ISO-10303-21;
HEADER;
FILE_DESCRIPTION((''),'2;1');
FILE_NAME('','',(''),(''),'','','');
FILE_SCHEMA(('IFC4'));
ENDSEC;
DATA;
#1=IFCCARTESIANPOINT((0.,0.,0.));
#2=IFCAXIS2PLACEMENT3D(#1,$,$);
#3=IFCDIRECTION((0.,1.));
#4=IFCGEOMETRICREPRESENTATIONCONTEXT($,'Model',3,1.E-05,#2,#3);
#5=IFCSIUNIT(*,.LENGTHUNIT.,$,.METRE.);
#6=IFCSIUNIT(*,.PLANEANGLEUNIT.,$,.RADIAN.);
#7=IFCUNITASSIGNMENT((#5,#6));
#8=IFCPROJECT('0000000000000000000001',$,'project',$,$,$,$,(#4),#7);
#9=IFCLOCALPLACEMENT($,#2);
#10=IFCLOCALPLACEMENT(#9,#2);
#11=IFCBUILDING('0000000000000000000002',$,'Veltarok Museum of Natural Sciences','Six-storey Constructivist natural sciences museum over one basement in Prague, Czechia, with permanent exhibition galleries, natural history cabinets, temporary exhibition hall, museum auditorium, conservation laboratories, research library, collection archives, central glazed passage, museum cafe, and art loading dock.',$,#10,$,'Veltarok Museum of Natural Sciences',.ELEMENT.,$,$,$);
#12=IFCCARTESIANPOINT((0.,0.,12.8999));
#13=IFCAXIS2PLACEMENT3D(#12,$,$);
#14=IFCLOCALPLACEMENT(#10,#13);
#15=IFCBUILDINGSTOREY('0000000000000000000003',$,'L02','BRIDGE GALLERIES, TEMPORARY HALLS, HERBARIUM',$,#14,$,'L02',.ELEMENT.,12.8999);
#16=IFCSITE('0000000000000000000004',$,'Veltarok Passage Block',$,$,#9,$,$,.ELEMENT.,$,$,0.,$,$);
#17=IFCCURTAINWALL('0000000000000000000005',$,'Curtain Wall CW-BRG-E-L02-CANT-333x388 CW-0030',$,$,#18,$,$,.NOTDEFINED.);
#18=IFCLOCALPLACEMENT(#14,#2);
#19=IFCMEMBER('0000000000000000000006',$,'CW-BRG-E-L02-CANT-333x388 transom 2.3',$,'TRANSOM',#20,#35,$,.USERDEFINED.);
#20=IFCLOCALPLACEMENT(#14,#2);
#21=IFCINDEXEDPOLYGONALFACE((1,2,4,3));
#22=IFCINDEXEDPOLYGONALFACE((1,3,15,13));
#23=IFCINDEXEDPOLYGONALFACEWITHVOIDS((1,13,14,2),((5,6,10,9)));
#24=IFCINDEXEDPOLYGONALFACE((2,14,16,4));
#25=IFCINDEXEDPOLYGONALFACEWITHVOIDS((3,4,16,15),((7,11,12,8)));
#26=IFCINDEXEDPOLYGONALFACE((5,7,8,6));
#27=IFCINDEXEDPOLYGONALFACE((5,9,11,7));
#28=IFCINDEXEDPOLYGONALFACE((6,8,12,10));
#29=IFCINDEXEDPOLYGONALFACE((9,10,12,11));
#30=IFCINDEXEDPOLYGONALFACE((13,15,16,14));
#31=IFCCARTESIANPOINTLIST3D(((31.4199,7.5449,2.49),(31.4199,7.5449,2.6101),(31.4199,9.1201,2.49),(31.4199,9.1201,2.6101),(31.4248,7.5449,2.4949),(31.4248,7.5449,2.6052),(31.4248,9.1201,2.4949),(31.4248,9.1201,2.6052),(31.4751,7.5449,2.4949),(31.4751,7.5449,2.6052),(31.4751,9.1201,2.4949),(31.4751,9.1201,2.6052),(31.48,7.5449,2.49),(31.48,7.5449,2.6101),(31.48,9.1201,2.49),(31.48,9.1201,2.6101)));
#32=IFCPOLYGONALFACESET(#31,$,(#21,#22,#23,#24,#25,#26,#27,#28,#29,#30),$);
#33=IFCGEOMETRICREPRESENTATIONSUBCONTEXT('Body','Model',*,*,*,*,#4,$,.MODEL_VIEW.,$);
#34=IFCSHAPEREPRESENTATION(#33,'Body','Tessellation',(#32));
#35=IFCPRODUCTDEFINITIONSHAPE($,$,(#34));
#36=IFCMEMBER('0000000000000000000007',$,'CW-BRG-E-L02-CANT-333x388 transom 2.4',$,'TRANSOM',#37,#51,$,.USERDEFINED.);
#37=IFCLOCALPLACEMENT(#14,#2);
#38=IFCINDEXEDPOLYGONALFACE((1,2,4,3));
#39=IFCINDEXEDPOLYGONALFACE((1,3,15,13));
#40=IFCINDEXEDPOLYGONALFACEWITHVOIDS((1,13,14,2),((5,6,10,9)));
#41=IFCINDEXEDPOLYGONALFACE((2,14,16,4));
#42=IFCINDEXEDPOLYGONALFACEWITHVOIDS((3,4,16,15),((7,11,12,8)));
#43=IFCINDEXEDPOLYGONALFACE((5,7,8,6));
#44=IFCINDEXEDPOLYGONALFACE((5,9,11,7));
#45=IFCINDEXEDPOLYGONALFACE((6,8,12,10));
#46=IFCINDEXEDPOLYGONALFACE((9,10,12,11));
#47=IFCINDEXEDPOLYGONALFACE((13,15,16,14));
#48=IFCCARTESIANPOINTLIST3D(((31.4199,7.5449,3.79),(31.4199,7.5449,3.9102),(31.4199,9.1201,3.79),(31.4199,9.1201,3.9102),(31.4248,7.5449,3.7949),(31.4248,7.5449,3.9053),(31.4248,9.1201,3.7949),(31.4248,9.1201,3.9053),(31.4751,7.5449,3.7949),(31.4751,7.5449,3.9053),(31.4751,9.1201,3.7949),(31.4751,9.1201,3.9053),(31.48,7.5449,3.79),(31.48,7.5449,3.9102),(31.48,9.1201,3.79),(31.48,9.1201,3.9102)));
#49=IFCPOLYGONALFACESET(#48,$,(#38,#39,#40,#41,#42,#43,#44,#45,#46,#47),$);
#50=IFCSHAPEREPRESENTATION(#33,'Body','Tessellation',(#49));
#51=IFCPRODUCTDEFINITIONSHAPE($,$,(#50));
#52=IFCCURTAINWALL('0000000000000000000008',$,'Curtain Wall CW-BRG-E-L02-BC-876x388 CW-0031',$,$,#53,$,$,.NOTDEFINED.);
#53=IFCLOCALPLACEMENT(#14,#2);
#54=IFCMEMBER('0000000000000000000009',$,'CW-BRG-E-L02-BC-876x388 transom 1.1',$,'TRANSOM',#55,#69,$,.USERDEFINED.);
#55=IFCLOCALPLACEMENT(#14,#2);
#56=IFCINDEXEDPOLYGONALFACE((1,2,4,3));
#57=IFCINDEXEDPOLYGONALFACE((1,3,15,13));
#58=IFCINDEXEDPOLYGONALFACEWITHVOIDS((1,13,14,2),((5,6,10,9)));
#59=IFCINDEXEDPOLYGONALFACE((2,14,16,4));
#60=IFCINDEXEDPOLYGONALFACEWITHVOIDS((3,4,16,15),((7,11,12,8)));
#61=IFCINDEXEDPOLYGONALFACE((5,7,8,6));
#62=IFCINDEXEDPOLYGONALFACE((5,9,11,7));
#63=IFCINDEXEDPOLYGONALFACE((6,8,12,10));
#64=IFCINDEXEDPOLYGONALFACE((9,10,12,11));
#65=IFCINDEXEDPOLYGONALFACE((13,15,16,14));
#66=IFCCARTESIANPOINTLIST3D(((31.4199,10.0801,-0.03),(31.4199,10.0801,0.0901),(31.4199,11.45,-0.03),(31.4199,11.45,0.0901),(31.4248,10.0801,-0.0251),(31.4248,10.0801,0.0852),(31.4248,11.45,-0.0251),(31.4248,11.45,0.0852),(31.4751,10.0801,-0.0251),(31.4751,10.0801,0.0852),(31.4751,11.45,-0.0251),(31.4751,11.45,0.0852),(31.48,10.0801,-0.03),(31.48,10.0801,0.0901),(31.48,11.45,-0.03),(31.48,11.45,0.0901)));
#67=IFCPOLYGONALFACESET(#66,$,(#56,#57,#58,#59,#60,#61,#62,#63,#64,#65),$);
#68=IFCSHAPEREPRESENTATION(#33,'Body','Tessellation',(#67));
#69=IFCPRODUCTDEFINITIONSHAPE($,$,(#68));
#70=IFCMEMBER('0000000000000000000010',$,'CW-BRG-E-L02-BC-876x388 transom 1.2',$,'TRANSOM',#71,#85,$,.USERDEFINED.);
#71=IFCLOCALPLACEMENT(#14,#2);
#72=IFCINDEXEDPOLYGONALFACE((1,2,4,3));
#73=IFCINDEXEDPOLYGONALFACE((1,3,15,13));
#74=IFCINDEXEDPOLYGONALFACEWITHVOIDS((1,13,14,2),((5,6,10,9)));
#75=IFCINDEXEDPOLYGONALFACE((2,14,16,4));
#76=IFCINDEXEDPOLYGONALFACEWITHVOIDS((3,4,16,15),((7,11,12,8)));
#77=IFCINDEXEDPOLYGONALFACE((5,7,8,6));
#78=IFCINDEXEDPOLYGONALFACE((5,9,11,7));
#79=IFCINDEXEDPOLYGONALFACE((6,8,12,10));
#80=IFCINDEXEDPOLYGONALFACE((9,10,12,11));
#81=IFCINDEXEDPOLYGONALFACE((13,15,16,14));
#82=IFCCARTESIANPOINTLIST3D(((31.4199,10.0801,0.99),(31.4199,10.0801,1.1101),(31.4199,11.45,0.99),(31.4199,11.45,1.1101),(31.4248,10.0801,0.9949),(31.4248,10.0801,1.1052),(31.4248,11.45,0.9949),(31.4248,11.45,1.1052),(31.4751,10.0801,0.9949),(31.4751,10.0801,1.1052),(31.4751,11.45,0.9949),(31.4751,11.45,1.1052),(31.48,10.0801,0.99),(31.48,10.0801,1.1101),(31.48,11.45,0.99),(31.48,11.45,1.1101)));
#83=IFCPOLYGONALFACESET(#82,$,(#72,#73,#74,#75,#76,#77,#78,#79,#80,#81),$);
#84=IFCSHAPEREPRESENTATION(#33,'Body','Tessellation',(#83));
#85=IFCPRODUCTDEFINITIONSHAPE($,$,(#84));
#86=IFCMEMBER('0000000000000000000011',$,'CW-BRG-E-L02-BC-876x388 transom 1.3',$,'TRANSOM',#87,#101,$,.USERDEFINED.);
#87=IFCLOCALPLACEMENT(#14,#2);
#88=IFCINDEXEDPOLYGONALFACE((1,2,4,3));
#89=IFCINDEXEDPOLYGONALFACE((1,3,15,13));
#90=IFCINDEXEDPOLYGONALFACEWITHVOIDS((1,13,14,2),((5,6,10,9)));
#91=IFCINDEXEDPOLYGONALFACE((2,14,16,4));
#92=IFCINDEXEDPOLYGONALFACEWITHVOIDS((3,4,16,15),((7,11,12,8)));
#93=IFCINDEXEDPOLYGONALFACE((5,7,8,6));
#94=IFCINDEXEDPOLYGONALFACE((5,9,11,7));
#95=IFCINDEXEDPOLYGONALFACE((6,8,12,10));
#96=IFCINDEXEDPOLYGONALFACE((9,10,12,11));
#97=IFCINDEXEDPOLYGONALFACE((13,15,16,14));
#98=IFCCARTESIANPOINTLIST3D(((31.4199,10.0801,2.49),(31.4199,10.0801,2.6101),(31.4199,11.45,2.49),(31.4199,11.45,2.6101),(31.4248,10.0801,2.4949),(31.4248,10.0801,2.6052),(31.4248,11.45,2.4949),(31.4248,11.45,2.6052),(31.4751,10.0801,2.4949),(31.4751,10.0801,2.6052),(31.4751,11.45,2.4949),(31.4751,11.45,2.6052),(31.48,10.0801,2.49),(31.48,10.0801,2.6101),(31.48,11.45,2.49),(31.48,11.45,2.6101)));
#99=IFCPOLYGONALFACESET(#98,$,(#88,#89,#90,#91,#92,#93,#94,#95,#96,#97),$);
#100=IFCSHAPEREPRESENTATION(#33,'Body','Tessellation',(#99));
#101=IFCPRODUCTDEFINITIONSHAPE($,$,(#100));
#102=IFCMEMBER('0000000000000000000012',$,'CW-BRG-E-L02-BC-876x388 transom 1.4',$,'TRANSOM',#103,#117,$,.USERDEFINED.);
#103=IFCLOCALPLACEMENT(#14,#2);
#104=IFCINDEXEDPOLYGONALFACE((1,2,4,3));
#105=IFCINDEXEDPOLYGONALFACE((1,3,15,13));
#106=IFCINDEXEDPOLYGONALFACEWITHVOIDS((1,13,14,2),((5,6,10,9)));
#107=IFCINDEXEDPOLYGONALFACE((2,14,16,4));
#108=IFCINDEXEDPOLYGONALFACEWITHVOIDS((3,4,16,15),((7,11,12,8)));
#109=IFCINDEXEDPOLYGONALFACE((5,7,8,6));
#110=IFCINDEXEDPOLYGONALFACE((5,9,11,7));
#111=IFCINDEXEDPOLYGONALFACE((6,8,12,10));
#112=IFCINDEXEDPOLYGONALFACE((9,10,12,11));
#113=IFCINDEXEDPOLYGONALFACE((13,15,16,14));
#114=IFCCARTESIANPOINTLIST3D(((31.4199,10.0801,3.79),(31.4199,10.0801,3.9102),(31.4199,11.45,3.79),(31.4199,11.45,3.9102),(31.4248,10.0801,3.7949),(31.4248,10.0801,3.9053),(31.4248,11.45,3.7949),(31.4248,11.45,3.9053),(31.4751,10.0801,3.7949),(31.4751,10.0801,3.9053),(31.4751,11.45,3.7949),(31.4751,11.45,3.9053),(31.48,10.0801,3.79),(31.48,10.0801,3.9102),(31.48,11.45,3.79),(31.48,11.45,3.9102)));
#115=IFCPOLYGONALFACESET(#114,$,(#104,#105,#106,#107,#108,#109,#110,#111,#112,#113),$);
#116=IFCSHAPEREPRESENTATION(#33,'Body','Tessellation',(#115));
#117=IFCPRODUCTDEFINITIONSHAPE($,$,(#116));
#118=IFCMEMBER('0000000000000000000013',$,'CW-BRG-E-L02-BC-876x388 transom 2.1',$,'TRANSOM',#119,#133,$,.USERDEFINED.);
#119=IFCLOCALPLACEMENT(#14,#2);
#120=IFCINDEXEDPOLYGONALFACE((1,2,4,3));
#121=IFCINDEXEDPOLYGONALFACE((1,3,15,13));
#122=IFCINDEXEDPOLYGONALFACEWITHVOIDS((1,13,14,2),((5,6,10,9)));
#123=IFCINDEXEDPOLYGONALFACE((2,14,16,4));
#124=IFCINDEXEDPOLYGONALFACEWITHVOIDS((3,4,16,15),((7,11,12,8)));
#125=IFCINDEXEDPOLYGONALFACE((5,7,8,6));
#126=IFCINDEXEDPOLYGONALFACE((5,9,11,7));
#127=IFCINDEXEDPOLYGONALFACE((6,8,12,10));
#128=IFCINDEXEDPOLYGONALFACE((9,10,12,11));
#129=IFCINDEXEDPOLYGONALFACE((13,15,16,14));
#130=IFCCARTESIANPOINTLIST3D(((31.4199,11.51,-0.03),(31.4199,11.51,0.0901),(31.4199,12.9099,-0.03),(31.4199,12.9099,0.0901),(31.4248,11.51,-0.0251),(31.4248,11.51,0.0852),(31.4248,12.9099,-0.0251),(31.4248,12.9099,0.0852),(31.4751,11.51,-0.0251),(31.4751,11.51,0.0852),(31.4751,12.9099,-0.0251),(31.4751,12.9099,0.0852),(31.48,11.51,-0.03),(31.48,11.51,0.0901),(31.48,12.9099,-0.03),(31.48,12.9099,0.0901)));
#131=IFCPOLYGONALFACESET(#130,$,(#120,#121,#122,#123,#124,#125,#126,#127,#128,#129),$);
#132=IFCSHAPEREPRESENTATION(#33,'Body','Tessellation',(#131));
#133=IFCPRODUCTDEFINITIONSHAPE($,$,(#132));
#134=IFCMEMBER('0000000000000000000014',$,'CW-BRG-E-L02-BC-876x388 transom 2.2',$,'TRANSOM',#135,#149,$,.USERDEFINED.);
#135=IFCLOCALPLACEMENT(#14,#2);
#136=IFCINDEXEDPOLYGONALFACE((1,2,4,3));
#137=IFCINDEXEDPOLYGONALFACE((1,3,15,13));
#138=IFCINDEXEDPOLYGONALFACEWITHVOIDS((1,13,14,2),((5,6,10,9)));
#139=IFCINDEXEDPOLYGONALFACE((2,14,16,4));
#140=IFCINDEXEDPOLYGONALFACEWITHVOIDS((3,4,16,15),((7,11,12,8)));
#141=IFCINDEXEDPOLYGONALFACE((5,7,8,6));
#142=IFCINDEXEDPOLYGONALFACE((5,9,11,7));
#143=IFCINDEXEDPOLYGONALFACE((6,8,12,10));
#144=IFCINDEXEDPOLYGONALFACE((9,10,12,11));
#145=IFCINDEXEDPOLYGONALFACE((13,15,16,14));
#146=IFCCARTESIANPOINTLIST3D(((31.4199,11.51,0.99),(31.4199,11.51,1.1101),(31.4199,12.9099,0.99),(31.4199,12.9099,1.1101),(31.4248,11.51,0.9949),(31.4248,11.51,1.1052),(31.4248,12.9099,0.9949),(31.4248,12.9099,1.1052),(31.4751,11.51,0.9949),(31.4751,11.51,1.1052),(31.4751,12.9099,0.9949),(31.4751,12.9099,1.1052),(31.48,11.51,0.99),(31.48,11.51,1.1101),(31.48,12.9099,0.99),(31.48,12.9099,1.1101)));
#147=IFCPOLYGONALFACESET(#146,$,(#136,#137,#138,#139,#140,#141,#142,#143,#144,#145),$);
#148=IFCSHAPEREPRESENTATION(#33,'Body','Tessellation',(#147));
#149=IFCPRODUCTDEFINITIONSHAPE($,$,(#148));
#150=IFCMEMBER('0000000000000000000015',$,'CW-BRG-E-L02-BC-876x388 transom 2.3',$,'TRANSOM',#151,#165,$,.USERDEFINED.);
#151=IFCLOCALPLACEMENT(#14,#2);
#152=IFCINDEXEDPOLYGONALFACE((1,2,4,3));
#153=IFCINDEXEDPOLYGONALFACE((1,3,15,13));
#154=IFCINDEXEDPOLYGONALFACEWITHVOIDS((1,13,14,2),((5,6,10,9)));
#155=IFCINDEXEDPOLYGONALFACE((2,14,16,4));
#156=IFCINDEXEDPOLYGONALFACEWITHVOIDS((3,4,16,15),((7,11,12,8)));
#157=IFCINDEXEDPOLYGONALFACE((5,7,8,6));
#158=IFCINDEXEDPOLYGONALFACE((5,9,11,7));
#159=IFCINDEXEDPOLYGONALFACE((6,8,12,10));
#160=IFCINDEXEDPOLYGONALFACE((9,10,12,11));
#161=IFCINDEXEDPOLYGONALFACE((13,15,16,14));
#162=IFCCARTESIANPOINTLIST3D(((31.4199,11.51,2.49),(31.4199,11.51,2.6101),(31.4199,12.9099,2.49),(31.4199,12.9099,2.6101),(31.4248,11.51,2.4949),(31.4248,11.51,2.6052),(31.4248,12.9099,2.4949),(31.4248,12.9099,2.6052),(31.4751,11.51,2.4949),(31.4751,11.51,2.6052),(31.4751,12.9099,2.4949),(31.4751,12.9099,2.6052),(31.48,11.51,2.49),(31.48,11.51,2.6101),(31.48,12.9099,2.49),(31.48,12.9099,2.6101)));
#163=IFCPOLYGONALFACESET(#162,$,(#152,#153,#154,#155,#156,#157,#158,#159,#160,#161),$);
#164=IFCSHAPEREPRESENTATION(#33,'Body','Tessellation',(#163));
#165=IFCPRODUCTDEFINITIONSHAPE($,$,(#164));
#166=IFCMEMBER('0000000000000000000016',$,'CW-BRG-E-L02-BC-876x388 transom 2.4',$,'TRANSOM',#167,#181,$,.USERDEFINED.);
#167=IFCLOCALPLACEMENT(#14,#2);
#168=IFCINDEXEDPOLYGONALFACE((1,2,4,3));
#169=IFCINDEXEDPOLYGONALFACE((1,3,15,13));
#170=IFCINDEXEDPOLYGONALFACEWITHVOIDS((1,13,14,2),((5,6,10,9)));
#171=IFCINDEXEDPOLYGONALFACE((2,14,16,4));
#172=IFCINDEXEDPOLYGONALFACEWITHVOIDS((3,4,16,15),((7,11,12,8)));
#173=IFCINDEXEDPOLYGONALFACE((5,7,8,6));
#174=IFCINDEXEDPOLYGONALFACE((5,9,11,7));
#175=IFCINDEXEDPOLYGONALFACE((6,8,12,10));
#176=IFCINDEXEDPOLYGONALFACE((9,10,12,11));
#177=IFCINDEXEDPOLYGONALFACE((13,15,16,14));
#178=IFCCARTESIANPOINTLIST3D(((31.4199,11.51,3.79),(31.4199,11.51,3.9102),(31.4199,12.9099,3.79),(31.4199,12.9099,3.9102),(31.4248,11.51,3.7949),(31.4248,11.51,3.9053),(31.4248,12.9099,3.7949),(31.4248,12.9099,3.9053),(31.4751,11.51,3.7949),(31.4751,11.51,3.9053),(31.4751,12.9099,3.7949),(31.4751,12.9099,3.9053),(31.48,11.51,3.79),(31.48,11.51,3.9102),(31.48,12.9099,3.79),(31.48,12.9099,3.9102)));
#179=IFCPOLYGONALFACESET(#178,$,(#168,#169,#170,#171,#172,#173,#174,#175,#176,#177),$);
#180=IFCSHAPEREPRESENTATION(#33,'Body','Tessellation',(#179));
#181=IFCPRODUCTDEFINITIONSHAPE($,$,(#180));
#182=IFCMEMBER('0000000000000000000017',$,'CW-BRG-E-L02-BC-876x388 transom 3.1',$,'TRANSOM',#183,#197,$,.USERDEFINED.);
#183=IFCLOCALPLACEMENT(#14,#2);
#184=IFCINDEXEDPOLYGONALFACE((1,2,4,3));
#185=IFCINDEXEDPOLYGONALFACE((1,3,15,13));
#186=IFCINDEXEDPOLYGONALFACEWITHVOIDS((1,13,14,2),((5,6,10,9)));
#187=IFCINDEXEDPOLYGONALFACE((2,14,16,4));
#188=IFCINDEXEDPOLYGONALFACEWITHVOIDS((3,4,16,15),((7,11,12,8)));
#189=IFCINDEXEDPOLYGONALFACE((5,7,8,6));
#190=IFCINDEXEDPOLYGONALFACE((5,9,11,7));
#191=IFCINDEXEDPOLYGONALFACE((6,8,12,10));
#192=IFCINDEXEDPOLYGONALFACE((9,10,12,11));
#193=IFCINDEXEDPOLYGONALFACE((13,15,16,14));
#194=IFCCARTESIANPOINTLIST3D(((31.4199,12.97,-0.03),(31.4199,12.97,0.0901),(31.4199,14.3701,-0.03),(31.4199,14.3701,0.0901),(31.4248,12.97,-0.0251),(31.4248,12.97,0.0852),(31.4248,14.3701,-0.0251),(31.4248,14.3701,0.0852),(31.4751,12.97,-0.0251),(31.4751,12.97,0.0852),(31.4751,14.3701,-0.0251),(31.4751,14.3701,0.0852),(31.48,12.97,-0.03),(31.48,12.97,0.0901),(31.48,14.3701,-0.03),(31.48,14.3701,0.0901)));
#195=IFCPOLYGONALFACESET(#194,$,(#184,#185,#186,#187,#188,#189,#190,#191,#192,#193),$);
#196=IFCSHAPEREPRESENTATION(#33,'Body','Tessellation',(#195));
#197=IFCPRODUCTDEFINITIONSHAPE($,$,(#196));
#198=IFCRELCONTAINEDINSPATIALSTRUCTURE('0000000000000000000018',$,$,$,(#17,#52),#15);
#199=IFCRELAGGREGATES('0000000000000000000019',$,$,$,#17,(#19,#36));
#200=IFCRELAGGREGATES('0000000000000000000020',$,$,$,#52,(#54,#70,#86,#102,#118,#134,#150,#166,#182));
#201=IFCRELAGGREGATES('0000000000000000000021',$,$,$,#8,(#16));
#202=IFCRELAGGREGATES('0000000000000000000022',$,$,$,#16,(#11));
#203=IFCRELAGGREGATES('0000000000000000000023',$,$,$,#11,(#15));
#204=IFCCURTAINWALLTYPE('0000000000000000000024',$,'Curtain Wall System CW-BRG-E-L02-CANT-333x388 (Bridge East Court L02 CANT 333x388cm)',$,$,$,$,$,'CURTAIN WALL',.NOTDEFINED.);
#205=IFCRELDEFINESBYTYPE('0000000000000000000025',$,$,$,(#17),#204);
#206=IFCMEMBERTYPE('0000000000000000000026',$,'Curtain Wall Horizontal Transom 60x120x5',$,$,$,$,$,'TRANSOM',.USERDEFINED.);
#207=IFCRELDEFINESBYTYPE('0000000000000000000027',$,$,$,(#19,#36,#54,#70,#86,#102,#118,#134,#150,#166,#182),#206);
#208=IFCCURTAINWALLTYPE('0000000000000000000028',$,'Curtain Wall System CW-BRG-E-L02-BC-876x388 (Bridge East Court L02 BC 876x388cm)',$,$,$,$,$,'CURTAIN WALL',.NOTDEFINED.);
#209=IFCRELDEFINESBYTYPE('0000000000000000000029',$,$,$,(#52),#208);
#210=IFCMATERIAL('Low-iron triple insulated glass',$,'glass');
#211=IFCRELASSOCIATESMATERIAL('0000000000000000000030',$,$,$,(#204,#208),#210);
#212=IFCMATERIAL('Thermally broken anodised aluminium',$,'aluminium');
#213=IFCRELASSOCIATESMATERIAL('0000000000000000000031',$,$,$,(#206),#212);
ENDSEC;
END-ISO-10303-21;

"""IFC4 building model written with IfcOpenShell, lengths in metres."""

from ifc_helpers import new_model, si_unit, direction, frame, origin, origin_2d, place, context, subcontext, project, spatial, hollow_rectangle, extrude, material, material_profile, profile_set, type_object, element, aggregate, save


model = new_model("IFC4")

# Units and contexts
model_context = context("Model", 3, precision=1e-05, world=origin(), true_north=direction((0.0, 1.0)))
body_context = subcontext(model_context, "Body", "Model", "MODEL_VIEW")
ifc_project = project(units=[si_unit("LENGTHUNIT", "METRE"), si_unit("PLANEANGLEUNIT", "RADIAN")], contexts=[model_context])

# Site, building, storey
site_placement = place(None, origin())
site = spatial("IfcSite", under=ifc_project, at=site_placement, Name="Veltarok Passage Block", CompositionType="ELEMENT", RefElevation=0.0)
building_placement = place(site_placement, origin())
building = spatial("IfcBuilding", under=site, at=building_placement, Name="Veltarok Museum of Natural Sciences", Description="Six-storey Constructivist natural sciences museum over one basement in Prague, Czechia, with permanent exhibition galleries, natural history cabinets, temporary exhibition hall, museum auditorium, conservation laboratories, research library, collection archives, central glazed passage, museum cafe, and art loading dock.", LongName="Veltarok Museum of Natural Sciences", CompositionType="ELEMENT")
storey_placement = place(building_placement, frame((0.0, 0.0, 12.8999)))
storey = spatial("IfcBuildingStorey", under=building, at=storey_placement, Name="L02", Description="BRIDGE GALLERIES, TEMPORARY HALLS, HERBARIUM", LongName="L02", CompositionType="ELEMENT", Elevation=12.8999)

# Curtain walls, members
ifc_material_1 = material(Name="Low-iron triple insulated glass", Category="glass")
curtain_wall_type_1 = type_object("IfcCurtainWallType", Name="Curtain Wall System CW-BRG-E-L02-CANT-333x388 (Bridge East Court L02 CANT 333x388cm)", ElementType="CURTAIN WALL", PredefinedType="NOTDEFINED", material=ifc_material_1)
curtain_wall_1_placement = place(storey_placement, origin())
curtain_wall_1 = element("IfcCurtainWall", 1, at=curtain_wall_1_placement, inside=storey, type_object=curtain_wall_type_1, Name="Curtain Wall CW-BRG-E-L02-CANT-333x388 CW-0030", PredefinedType="NOTDEFINED")
ifc_material_2 = material(Name="Thermally broken anodised aluminium", Category="aluminium")
ifc_material_profile_1 = material_profile(ifc_material_2, hollow_rectangle(XDim=0.0601, YDim=0.1201, WallThickness=0.0049, at=origin_2d()), Name="CW TRANSOM 60x120x5")
ifc_profile_set_1 = profile_set([ifc_material_profile_1], Name="Thermally broken anodised aluminium")
member_type_1 = type_object("IfcMemberType", Name="Curtain Wall Horizontal Transom 60x120x5", ElementType="TRANSOM", PredefinedType="USERDEFINED", material=ifc_profile_set_1)
member_1_placement = place(storey_placement, frame((31.45, 7.5449, 2.55), z_axis=(0.0, 1.0, 0.0), x_axis=(-1.0, 0.0, 0.0)))
member_1 = element("IfcMember", 2, at=member_1_placement, type_object=member_type_1, Name="CW-BRG-E-L02-CANT-333x388 transom 2.3", ObjectType="TRANSOM", PredefinedType="USERDEFINED", context=body_context, shape_type="SweptSolid", body=[
    extrude(hollow_rectangle(XDim=0.0601, YDim=0.1201, WallThickness=0.0049, at=origin_2d()), origin(), (0.0, 0.0, 1.0), 1.5752),
])
member_2_placement = place(storey_placement, frame((31.45, 7.5449, 3.8501), z_axis=(0.0, 1.0, 0.0), x_axis=(-1.0, 0.0, 0.0)))
member_2 = element("IfcMember", 3, at=member_2_placement, type_object=member_type_1, Name="CW-BRG-E-L02-CANT-333x388 transom 2.4", ObjectType="TRANSOM", PredefinedType="USERDEFINED", context=body_context, shape_type="SweptSolid", body=[
    extrude(hollow_rectangle(XDim=0.0601, YDim=0.1201, WallThickness=0.0049, at=origin_2d()), origin(), (0.0, 0.0, 1.0), 1.5752),
])
curtain_wall_type_2 = type_object("IfcCurtainWallType", Name="Curtain Wall System CW-BRG-E-L02-BC-876x388 (Bridge East Court L02 BC 876x388cm)", ElementType="CURTAIN WALL", PredefinedType="NOTDEFINED", material=ifc_material_1)
curtain_wall_2_placement = place(storey_placement, origin())
curtain_wall_2 = element("IfcCurtainWall", 4, at=curtain_wall_2_placement, inside=storey, type_object=curtain_wall_type_2, Name="Curtain Wall CW-BRG-E-L02-BC-876x388 CW-0031", PredefinedType="NOTDEFINED")
member_3_placement = place(storey_placement, frame((31.45, 10.0801, 0.03), z_axis=(0.0, 1.0, 0.0), x_axis=(-1.0, 0.0, 0.0)))
member_3 = element("IfcMember", 5, at=member_3_placement, type_object=member_type_1, Name="CW-BRG-E-L02-BC-876x388 transom 1.1", ObjectType="TRANSOM", PredefinedType="USERDEFINED", context=body_context, shape_type="SweptSolid", body=[
    extrude(hollow_rectangle(XDim=0.0601, YDim=0.1201, WallThickness=0.0049, at=origin_2d()), origin(), (0.0, 0.0, 1.0), 1.3699),
])
member_4_placement = place(storey_placement, frame((31.45, 10.0801, 1.05), z_axis=(0.0, 1.0, 0.0), x_axis=(-1.0, 0.0, 0.0)))
member_4 = element("IfcMember", 6, at=member_4_placement, type_object=member_type_1, Name="CW-BRG-E-L02-BC-876x388 transom 1.2", ObjectType="TRANSOM", PredefinedType="USERDEFINED", context=body_context, shape_type="SweptSolid", body=[
    extrude(hollow_rectangle(XDim=0.0601, YDim=0.1201, WallThickness=0.0049, at=origin_2d()), origin(), (0.0, 0.0, 1.0), 1.3699),
])
member_5_placement = place(storey_placement, frame((31.45, 10.0801, 2.55), z_axis=(0.0, 1.0, 0.0), x_axis=(-1.0, 0.0, 0.0)))
member_5 = element("IfcMember", 7, at=member_5_placement, type_object=member_type_1, Name="CW-BRG-E-L02-BC-876x388 transom 1.3", ObjectType="TRANSOM", PredefinedType="USERDEFINED", context=body_context, shape_type="SweptSolid", body=[
    extrude(hollow_rectangle(XDim=0.0601, YDim=0.1201, WallThickness=0.0049, at=origin_2d()), origin(), (0.0, 0.0, 1.0), 1.3699),
])
member_6_placement = place(storey_placement, frame((31.45, 10.0801, 3.8501), z_axis=(0.0, 1.0, 0.0), x_axis=(-1.0, 0.0, 0.0)))
member_6 = element("IfcMember", 8, at=member_6_placement, type_object=member_type_1, Name="CW-BRG-E-L02-BC-876x388 transom 1.4", ObjectType="TRANSOM", PredefinedType="USERDEFINED", context=body_context, shape_type="SweptSolid", body=[
    extrude(hollow_rectangle(XDim=0.0601, YDim=0.1201, WallThickness=0.0049, at=origin_2d()), origin(), (0.0, 0.0, 1.0), 1.3699),
])
member_7_placement = place(storey_placement, frame((31.45, 11.51, 0.03), z_axis=(0.0, 1.0, 0.0), x_axis=(-1.0, 0.0, 0.0)))
member_7 = element("IfcMember", 9, at=member_7_placement, type_object=member_type_1, Name="CW-BRG-E-L02-BC-876x388 transom 2.1", ObjectType="TRANSOM", PredefinedType="USERDEFINED", context=body_context, shape_type="SweptSolid", body=[
    extrude(hollow_rectangle(XDim=0.0601, YDim=0.1201, WallThickness=0.0049, at=origin_2d()), origin(), (0.0, 0.0, 1.0), 1.3999),
])
member_8_placement = place(storey_placement, frame((31.45, 11.51, 1.05), z_axis=(0.0, 1.0, 0.0), x_axis=(-1.0, 0.0, 0.0)))
member_8 = element("IfcMember", 10, at=member_8_placement, type_object=member_type_1, Name="CW-BRG-E-L02-BC-876x388 transom 2.2", ObjectType="TRANSOM", PredefinedType="USERDEFINED", context=body_context, shape_type="SweptSolid", body=[
    extrude(hollow_rectangle(XDim=0.0601, YDim=0.1201, WallThickness=0.0049, at=origin_2d()), origin(), (0.0, 0.0, 1.0), 1.3999),
])
member_9_placement = place(storey_placement, frame((31.45, 11.51, 2.55), z_axis=(0.0, 1.0, 0.0), x_axis=(-1.0, 0.0, 0.0)))
member_9 = element("IfcMember", 11, at=member_9_placement, type_object=member_type_1, Name="CW-BRG-E-L02-BC-876x388 transom 2.3", ObjectType="TRANSOM", PredefinedType="USERDEFINED", context=body_context, shape_type="SweptSolid", body=[
    extrude(hollow_rectangle(XDim=0.0601, YDim=0.1201, WallThickness=0.0049, at=origin_2d()), origin(), (0.0, 0.0, 1.0), 1.3999),
])
member_10_placement = place(storey_placement, frame((31.45, 11.51, 3.8501), z_axis=(0.0, 1.0, 0.0), x_axis=(-1.0, 0.0, 0.0)))
member_10 = element("IfcMember", 12, at=member_10_placement, type_object=member_type_1, Name="CW-BRG-E-L02-BC-876x388 transom 2.4", ObjectType="TRANSOM", PredefinedType="USERDEFINED", context=body_context, shape_type="SweptSolid", body=[
    extrude(hollow_rectangle(XDim=0.0601, YDim=0.1201, WallThickness=0.0049, at=origin_2d()), origin(), (0.0, 0.0, 1.0), 1.3999),
])
member_11_placement = place(storey_placement, frame((31.45, 12.97, 0.03), z_axis=(0.0, 1.0, 0.0), x_axis=(-1.0, 0.0, 0.0)))
member_11 = element("IfcMember", 13, at=member_11_placement, type_object=member_type_1, Name="CW-BRG-E-L02-BC-876x388 transom 3.1", ObjectType="TRANSOM", PredefinedType="USERDEFINED", context=body_context, shape_type="SweptSolid", body=[
    extrude(hollow_rectangle(XDim=0.0601, YDim=0.1201, WallThickness=0.0049, at=origin_2d()), origin(), (0.0, 0.0, 1.0), 1.4001),
])

aggregate(curtain_wall_1, [member_1, member_2])
aggregate(curtain_wall_2, [member_3, member_4, member_5, member_6, member_7, member_8, member_9, member_10, member_11])

save(model, "model.ifc")
